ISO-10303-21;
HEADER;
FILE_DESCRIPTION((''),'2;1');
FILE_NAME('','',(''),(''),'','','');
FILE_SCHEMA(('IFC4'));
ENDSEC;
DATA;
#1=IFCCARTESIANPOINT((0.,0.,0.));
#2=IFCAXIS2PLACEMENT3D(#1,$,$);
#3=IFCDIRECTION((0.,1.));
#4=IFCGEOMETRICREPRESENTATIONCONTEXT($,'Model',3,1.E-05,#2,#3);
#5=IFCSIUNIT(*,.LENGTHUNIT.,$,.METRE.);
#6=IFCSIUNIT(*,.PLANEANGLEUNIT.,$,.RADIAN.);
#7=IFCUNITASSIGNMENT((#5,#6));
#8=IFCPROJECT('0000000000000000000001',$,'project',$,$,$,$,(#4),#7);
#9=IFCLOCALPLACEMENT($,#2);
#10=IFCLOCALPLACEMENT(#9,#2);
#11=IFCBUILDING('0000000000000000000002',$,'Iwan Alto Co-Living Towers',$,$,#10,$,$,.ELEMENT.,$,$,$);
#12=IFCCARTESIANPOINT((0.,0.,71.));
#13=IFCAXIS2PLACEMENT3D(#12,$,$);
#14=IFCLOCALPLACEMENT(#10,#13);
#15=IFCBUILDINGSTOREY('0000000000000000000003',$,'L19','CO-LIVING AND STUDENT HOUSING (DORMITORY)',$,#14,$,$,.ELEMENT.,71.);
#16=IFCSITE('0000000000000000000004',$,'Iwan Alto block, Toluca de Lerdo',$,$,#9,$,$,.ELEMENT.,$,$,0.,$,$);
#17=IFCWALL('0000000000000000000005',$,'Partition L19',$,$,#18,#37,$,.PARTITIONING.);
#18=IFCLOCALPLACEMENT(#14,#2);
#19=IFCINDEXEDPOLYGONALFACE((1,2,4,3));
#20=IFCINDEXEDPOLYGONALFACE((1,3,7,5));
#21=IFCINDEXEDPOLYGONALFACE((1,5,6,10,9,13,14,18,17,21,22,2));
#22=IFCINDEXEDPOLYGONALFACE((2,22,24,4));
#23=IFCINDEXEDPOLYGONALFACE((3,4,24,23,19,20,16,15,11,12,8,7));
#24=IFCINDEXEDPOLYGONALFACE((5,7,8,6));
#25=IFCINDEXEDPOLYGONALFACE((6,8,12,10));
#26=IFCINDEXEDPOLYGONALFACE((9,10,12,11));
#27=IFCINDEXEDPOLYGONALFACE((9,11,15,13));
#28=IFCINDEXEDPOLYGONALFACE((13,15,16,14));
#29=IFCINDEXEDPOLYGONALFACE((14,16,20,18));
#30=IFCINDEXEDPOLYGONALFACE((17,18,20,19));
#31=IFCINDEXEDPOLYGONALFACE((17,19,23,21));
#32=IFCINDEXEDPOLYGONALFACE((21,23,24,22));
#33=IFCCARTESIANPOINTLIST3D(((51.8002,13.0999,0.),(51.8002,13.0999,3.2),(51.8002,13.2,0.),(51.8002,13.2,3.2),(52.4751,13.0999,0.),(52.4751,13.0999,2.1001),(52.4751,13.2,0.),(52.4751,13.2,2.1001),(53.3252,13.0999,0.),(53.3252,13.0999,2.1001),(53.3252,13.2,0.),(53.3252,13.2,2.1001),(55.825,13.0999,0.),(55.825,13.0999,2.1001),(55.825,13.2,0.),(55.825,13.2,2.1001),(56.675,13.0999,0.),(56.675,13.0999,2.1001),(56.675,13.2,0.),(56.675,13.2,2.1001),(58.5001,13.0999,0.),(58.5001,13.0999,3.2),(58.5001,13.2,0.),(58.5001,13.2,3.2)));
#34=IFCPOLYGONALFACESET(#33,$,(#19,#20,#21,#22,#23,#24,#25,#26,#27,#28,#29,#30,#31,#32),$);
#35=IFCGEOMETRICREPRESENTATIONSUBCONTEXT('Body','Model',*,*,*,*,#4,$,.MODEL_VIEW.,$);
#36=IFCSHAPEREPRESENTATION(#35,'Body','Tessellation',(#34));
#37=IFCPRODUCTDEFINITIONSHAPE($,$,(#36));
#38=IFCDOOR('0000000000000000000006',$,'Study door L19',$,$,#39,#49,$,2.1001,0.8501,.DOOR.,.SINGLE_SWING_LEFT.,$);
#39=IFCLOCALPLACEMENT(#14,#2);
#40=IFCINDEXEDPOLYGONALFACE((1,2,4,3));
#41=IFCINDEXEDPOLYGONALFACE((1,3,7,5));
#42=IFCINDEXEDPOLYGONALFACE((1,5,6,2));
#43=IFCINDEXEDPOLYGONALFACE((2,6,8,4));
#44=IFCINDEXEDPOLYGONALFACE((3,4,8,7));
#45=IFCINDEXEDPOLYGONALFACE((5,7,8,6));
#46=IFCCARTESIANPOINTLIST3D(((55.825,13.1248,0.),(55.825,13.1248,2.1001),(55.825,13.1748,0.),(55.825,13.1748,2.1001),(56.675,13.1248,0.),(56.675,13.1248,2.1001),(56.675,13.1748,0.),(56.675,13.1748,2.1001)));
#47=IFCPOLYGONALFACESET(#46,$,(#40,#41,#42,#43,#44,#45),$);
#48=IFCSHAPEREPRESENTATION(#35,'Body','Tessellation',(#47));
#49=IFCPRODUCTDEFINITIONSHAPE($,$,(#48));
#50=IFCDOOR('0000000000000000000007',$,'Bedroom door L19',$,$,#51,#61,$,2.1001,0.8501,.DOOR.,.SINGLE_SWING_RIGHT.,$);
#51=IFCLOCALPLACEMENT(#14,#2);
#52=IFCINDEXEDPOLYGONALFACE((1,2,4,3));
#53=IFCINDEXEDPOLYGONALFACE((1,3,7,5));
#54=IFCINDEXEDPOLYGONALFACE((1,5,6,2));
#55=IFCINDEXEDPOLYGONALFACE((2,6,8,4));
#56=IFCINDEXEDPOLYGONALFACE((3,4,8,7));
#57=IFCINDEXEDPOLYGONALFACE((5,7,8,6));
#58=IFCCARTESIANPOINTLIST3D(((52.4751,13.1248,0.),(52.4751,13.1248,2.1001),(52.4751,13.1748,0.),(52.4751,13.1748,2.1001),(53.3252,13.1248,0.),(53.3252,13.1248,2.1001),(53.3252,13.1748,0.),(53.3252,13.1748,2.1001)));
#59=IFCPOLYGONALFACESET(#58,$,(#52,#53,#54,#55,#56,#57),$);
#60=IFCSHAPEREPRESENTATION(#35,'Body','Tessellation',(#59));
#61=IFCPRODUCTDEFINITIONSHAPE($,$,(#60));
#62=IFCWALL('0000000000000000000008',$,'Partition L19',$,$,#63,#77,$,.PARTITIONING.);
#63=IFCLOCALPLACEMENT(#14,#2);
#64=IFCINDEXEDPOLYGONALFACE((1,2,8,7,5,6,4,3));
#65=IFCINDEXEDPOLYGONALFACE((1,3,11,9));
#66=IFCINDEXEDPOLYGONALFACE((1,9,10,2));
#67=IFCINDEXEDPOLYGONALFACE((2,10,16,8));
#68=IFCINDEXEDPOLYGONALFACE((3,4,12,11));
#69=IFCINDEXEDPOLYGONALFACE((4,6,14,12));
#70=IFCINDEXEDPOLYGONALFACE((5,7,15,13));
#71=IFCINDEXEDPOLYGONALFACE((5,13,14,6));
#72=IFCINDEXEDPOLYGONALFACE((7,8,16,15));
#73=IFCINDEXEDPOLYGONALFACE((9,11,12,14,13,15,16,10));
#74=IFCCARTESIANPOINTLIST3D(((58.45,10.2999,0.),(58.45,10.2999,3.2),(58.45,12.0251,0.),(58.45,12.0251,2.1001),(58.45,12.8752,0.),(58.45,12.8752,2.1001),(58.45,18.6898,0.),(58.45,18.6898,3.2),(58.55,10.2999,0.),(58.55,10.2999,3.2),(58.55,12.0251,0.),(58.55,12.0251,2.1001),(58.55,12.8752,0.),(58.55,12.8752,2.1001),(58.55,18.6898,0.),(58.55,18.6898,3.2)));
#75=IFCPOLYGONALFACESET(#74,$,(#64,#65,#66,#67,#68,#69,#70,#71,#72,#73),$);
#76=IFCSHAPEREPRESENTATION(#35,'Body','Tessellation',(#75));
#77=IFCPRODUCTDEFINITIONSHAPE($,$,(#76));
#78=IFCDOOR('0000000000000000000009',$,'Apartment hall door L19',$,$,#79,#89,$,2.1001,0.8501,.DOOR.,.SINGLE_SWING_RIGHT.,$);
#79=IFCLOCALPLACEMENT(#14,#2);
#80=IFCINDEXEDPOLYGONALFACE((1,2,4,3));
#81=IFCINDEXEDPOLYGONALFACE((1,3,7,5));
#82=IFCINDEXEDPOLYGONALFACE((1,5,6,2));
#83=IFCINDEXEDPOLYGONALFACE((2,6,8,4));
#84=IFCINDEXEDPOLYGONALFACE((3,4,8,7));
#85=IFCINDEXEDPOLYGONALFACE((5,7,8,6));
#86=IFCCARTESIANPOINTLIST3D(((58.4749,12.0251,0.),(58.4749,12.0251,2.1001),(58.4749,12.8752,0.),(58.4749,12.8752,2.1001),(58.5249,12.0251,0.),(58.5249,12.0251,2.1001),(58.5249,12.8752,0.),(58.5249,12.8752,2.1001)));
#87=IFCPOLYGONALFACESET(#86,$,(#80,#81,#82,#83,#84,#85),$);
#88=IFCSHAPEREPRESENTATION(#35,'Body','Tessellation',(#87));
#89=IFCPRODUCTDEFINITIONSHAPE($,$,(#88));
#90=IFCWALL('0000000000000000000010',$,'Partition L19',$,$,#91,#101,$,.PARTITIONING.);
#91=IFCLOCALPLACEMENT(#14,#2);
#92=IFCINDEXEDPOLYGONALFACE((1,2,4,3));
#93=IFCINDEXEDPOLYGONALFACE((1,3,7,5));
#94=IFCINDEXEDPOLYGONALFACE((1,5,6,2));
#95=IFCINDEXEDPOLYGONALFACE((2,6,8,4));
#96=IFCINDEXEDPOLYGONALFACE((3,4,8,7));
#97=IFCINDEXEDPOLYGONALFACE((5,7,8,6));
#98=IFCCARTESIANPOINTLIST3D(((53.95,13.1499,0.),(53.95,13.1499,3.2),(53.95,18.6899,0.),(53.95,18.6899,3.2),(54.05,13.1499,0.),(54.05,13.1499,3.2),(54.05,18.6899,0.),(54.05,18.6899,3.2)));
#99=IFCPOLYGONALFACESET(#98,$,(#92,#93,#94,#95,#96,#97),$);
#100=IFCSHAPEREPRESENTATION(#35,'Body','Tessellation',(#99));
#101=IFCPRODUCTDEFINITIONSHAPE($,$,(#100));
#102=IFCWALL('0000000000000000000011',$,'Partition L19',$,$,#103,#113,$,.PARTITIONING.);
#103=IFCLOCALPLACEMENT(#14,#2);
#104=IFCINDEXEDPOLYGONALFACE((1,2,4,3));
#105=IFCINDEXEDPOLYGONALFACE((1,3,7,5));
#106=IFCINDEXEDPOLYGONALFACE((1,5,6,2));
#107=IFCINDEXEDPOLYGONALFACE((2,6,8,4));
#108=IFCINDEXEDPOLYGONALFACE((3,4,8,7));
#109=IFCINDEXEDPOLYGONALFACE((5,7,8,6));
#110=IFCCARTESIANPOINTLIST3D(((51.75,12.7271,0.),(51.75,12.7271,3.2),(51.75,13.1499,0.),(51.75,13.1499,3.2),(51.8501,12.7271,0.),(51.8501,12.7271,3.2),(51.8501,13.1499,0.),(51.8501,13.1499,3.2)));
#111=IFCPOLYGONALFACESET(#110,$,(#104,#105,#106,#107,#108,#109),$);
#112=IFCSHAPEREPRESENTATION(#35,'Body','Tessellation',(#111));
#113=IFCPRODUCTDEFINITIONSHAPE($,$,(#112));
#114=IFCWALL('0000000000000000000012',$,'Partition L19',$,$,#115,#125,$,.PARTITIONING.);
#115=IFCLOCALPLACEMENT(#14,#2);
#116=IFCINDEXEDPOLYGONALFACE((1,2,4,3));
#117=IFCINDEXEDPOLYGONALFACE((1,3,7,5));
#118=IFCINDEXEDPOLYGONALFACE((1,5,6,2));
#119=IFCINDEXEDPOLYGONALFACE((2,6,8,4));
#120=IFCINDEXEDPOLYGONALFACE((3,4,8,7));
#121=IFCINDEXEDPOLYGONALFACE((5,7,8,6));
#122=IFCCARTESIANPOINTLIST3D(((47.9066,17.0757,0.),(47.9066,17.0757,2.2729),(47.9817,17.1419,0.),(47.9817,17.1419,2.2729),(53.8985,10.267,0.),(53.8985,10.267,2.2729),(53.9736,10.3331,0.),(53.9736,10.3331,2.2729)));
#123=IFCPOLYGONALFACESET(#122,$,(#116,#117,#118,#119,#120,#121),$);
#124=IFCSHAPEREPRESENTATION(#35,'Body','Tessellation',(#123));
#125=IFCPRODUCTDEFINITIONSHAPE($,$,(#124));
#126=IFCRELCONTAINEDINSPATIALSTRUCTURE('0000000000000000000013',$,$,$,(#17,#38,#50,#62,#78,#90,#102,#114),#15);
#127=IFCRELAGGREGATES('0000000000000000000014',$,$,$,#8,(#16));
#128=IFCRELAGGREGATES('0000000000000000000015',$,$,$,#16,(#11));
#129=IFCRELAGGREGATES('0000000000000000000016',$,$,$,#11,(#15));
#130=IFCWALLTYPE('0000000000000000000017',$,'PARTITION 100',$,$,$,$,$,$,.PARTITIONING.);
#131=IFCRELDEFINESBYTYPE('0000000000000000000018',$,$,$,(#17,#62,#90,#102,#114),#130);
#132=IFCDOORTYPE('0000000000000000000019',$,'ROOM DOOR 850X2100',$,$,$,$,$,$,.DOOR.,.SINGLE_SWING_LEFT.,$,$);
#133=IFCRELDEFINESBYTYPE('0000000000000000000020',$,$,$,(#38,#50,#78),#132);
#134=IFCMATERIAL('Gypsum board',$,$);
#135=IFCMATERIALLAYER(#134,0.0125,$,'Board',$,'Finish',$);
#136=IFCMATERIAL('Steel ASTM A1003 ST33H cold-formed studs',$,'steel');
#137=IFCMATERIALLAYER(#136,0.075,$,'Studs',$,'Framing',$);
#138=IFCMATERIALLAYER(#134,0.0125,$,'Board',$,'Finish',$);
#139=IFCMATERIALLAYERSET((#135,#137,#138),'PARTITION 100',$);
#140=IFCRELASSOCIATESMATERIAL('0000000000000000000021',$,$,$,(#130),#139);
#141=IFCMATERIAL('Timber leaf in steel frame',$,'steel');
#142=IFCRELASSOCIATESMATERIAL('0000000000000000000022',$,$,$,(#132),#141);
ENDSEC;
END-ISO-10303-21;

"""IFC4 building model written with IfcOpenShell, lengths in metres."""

from ifc_helpers import new_model, si_unit, direction, frame, frame_2d, origin, place, context, subcontext, project, spatial, rectangle, extrude, material, layer, layer_set, type_object, element, fill, save


model = new_model("IFC4")

# Units and contexts
model_context = context("Model", 3, precision=1e-05, world=origin(), true_north=direction((0.0, 1.0)))
body_context = subcontext(model_context, "Body", "Model", "MODEL_VIEW")
ifc_project = project(units=[si_unit("LENGTHUNIT", "METRE"), si_unit("PLANEANGLEUNIT", "RADIAN")], contexts=[model_context])

# Site, building, storey
site_placement = place(None, origin())
site = spatial("IfcSite", under=ifc_project, at=site_placement, Name="Iwan Alto block, Toluca de Lerdo", CompositionType="ELEMENT", RefElevation=0.0)
building_placement = place(site_placement, origin())
building = spatial("IfcBuilding", under=site, at=building_placement, Name="Iwan Alto Co-Living Towers", CompositionType="ELEMENT")
storey_placement = place(building_placement, frame((0.0, 0.0, 71.0)))
storey = spatial("IfcBuildingStorey", under=building, at=storey_placement, Name="L19", Description="CO-LIVING AND STUDENT HOUSING (DORMITORY)", CompositionType="ELEMENT", Elevation=71.0)

# Wall, openings, doors
ifc_material_1 = material(Name="Gypsum board")
ifc_material_2 = material(Name="Steel ASTM A1003 ST33H cold-formed studs", Category="steel")
ifc_layer_1 = layer(ifc_material_1, 0.0125, Name="Board", Category="Finish")
ifc_layer_2 = layer(ifc_material_2, 0.075, Name="Studs", Category="Framing")
ifc_layer_3 = layer(ifc_material_1, 0.0125, Name="Board", Category="Finish")
ifc_layer_set_1 = layer_set([ifc_layer_1, ifc_layer_2, ifc_layer_3], Name="PARTITION 100")
wall_type_1 = type_object("IfcWallType", Name="PARTITION 100", PredefinedType="PARTITIONING", material=ifc_layer_set_1)
wall_1_placement = place(storey_placement, frame((51.8, 13.1499, 0.0), z_axis=(0.0, 0.0, 1.0), x_axis=(1.0, 0.0, 0.0)))
wall_1 = element("IfcWall", 1, at=wall_1_placement, inside=storey, type_object=wall_type_1, Name="Partition L19", PredefinedType="PARTITIONING", context=body_context, shape_type="SweptSolid", body=[
    extrude(rectangle(XDim=6.7, YDim=0.1001, at=frame_2d((3.3501, 0.0))), origin(), (0.0, 0.0, 1.0), 3.2),
])
opening_1_placement = place(wall_1_placement, frame((4.0249, 0.0, 0.0)))
opening_1 = element("IfcOpeningElement", 2, at=opening_1_placement, cuts=wall_1, PredefinedType="OPENING", context=body_context, shape_type="SweptSolid", body=[
    extrude(rectangle(XDim=0.8501, YDim=2.1001, at=frame_2d((0.425, 1.05))), frame((0.0, 0.0601, 0.0), z_axis=(0.0, -1.0, 0.0), x_axis=(1.0, 0.0, 0.0)), (0.0, 0.0, 1.0), 0.1201),
])
opening_2_placement = place(wall_1_placement, frame((0.675, 0.0, 0.0)))
opening_2 = element("IfcOpeningElement", 3, at=opening_2_placement, cuts=wall_1, PredefinedType="OPENING", context=body_context, shape_type="SweptSolid", body=[
    extrude(rectangle(XDim=0.8501, YDim=2.1001, at=frame_2d((0.425, 1.05))), frame((0.0, 0.0601, 0.0), z_axis=(0.0, -1.0, 0.0), x_axis=(1.0, 0.0, 0.0)), (0.0, 0.0, 1.0), 0.1201),
])
ifc_material_3 = material(Name="Timber leaf in steel frame", Category="steel")
door_type_1 = type_object("IfcDoorType", Name="ROOM DOOR 850X2100", OperationType="SINGLE_SWING_LEFT", PredefinedType="DOOR", material=ifc_material_3)
door_1_placement = place(opening_1_placement, origin())
door_1 = element("IfcDoor", 4, at=door_1_placement, inside=storey, type_object=door_type_1, Name="Study door L19", OperationType="SINGLE_SWING_LEFT", OverallHeight=2.1001, OverallWidth=0.8501, PredefinedType="DOOR", context=body_context, shape_type="SweptSolid", body=[
    extrude(rectangle(XDim=0.8501, YDim=2.1001, at=frame_2d((0.425, 1.05))), frame((0.0, 0.0249, 0.0), z_axis=(0.0, -1.0, 0.0), x_axis=(1.0, 0.0, 0.0)), (0.0, 0.0, 1.0), 0.05),
])
fill(opening_1, door_1)
door_2_placement = place(opening_2_placement, origin())
door_2 = element("IfcDoor", 5, at=door_2_placement, inside=storey, type_object=door_type_1, Name="Bedroom door L19", OperationType="SINGLE_SWING_RIGHT", OverallHeight=2.1001, OverallWidth=0.8501, PredefinedType="DOOR", context=body_context, shape_type="SweptSolid", body=[
    extrude(rectangle(XDim=0.8501, YDim=2.1001, at=frame_2d((0.425, 1.05))), frame((0.0, 0.0249, 0.0), z_axis=(0.0, -1.0, 0.0), x_axis=(1.0, 0.0, 0.0)), (0.0, 0.0, 1.0), 0.05),
])
fill(opening_2, door_2)

# Wall, opening, door
wall_2_placement = place(storey_placement, frame((58.5, 10.3, 0.0), z_axis=(0.0, 0.0, 1.0), x_axis=(0.0, 1.0, 0.0)))
wall_2 = element("IfcWall", 6, at=wall_2_placement, inside=storey, type_object=wall_type_1, Name="Partition L19", PredefinedType="PARTITIONING", context=body_context, shape_type="SweptSolid", body=[
    extrude(rectangle(XDim=8.3899, YDim=0.1001, at=frame_2d((4.1948, 0.0))), origin(), (0.0, 0.0, 1.0), 3.2),
])
opening_3_placement = place(wall_2_placement, frame((1.7251, 0.0, 0.0)))
opening_3 = element("IfcOpeningElement", 7, at=opening_3_placement, cuts=wall_2, PredefinedType="OPENING", context=body_context, shape_type="SweptSolid", body=[
    extrude(rectangle(XDim=0.8501, YDim=2.1001, at=frame_2d((0.425, 1.05))), frame((0.0, 0.0601, 0.0), z_axis=(0.0, -1.0, 0.0), x_axis=(1.0, 0.0, 0.0)), (0.0, 0.0, 1.0), 0.1201),
])
door_3_placement = place(opening_3_placement, frame((0.8501, 0.0, 0.0), z_axis=(0.0, 0.0, 1.0), x_axis=(-1.0, 0.0, 0.0)))
door_3 = element("IfcDoor", 8, at=door_3_placement, inside=storey, type_object=door_type_1, Name="Apartment hall door L19", OperationType="SINGLE_SWING_RIGHT", OverallHeight=2.1001, OverallWidth=0.8501, PredefinedType="DOOR", context=body_context, shape_type="SweptSolid", body=[
    extrude(rectangle(XDim=0.8501, YDim=2.1001, at=frame_2d((0.425, 1.05))), frame((0.0, 0.0249, 0.0), z_axis=(0.0, -1.0, 0.0), x_axis=(1.0, 0.0, 0.0)), (0.0, 0.0, 1.0), 0.05),
])
fill(opening_3, door_3)

# Walls
wall_3_placement = place(storey_placement, frame((54.0, 13.1499, 0.0), z_axis=(0.0, 0.0, 1.0), x_axis=(0.0, 1.0, 0.0)))
element("IfcWall", 9, at=wall_3_placement, inside=storey, type_object=wall_type_1, Name="Partition L19", PredefinedType="PARTITIONING", context=body_context, shape_type="SweptSolid", body=[
    extrude(rectangle(XDim=5.54, YDim=0.1001, at=frame_2d((2.77, 0.0))), origin(), (0.0, 0.0, 1.0), 3.2),
])
wall_4_placement = place(storey_placement, frame((51.8, 12.7271, 0.0), z_axis=(0.0, 0.0, 1.0), x_axis=(0.0, 1.0, 0.0)))
element("IfcWall", 10, at=wall_4_placement, inside=storey, type_object=wall_type_1, Name="Partition L19", PredefinedType="PARTITIONING", context=body_context, shape_type="SweptSolid", body=[
    extrude(rectangle(XDim=0.4229, YDim=0.1001, at=frame_2d((0.2114, 0.0))), origin(), (0.0, 0.0, 1.0), 3.2),
])
wall_5_placement = place(storey_placement, frame((53.936, 10.3, 0.0), z_axis=(0.0, 0.0, 1.0), x_axis=(-0.660638, 0.750704, 0.0)))
element("IfcWall", 11, at=wall_5_placement, inside=storey, type_object=wall_type_1, Name="Partition L19", PredefinedType="PARTITIONING", context=body_context, shape_type="SweptSolid", body=[
    extrude(rectangle(XDim=9.0698, YDim=0.1001, at=frame_2d((4.5349, 0.0))), origin(), (0.0, 0.0, 1.0), 2.2729),
])

save(model, "model.ifc")
